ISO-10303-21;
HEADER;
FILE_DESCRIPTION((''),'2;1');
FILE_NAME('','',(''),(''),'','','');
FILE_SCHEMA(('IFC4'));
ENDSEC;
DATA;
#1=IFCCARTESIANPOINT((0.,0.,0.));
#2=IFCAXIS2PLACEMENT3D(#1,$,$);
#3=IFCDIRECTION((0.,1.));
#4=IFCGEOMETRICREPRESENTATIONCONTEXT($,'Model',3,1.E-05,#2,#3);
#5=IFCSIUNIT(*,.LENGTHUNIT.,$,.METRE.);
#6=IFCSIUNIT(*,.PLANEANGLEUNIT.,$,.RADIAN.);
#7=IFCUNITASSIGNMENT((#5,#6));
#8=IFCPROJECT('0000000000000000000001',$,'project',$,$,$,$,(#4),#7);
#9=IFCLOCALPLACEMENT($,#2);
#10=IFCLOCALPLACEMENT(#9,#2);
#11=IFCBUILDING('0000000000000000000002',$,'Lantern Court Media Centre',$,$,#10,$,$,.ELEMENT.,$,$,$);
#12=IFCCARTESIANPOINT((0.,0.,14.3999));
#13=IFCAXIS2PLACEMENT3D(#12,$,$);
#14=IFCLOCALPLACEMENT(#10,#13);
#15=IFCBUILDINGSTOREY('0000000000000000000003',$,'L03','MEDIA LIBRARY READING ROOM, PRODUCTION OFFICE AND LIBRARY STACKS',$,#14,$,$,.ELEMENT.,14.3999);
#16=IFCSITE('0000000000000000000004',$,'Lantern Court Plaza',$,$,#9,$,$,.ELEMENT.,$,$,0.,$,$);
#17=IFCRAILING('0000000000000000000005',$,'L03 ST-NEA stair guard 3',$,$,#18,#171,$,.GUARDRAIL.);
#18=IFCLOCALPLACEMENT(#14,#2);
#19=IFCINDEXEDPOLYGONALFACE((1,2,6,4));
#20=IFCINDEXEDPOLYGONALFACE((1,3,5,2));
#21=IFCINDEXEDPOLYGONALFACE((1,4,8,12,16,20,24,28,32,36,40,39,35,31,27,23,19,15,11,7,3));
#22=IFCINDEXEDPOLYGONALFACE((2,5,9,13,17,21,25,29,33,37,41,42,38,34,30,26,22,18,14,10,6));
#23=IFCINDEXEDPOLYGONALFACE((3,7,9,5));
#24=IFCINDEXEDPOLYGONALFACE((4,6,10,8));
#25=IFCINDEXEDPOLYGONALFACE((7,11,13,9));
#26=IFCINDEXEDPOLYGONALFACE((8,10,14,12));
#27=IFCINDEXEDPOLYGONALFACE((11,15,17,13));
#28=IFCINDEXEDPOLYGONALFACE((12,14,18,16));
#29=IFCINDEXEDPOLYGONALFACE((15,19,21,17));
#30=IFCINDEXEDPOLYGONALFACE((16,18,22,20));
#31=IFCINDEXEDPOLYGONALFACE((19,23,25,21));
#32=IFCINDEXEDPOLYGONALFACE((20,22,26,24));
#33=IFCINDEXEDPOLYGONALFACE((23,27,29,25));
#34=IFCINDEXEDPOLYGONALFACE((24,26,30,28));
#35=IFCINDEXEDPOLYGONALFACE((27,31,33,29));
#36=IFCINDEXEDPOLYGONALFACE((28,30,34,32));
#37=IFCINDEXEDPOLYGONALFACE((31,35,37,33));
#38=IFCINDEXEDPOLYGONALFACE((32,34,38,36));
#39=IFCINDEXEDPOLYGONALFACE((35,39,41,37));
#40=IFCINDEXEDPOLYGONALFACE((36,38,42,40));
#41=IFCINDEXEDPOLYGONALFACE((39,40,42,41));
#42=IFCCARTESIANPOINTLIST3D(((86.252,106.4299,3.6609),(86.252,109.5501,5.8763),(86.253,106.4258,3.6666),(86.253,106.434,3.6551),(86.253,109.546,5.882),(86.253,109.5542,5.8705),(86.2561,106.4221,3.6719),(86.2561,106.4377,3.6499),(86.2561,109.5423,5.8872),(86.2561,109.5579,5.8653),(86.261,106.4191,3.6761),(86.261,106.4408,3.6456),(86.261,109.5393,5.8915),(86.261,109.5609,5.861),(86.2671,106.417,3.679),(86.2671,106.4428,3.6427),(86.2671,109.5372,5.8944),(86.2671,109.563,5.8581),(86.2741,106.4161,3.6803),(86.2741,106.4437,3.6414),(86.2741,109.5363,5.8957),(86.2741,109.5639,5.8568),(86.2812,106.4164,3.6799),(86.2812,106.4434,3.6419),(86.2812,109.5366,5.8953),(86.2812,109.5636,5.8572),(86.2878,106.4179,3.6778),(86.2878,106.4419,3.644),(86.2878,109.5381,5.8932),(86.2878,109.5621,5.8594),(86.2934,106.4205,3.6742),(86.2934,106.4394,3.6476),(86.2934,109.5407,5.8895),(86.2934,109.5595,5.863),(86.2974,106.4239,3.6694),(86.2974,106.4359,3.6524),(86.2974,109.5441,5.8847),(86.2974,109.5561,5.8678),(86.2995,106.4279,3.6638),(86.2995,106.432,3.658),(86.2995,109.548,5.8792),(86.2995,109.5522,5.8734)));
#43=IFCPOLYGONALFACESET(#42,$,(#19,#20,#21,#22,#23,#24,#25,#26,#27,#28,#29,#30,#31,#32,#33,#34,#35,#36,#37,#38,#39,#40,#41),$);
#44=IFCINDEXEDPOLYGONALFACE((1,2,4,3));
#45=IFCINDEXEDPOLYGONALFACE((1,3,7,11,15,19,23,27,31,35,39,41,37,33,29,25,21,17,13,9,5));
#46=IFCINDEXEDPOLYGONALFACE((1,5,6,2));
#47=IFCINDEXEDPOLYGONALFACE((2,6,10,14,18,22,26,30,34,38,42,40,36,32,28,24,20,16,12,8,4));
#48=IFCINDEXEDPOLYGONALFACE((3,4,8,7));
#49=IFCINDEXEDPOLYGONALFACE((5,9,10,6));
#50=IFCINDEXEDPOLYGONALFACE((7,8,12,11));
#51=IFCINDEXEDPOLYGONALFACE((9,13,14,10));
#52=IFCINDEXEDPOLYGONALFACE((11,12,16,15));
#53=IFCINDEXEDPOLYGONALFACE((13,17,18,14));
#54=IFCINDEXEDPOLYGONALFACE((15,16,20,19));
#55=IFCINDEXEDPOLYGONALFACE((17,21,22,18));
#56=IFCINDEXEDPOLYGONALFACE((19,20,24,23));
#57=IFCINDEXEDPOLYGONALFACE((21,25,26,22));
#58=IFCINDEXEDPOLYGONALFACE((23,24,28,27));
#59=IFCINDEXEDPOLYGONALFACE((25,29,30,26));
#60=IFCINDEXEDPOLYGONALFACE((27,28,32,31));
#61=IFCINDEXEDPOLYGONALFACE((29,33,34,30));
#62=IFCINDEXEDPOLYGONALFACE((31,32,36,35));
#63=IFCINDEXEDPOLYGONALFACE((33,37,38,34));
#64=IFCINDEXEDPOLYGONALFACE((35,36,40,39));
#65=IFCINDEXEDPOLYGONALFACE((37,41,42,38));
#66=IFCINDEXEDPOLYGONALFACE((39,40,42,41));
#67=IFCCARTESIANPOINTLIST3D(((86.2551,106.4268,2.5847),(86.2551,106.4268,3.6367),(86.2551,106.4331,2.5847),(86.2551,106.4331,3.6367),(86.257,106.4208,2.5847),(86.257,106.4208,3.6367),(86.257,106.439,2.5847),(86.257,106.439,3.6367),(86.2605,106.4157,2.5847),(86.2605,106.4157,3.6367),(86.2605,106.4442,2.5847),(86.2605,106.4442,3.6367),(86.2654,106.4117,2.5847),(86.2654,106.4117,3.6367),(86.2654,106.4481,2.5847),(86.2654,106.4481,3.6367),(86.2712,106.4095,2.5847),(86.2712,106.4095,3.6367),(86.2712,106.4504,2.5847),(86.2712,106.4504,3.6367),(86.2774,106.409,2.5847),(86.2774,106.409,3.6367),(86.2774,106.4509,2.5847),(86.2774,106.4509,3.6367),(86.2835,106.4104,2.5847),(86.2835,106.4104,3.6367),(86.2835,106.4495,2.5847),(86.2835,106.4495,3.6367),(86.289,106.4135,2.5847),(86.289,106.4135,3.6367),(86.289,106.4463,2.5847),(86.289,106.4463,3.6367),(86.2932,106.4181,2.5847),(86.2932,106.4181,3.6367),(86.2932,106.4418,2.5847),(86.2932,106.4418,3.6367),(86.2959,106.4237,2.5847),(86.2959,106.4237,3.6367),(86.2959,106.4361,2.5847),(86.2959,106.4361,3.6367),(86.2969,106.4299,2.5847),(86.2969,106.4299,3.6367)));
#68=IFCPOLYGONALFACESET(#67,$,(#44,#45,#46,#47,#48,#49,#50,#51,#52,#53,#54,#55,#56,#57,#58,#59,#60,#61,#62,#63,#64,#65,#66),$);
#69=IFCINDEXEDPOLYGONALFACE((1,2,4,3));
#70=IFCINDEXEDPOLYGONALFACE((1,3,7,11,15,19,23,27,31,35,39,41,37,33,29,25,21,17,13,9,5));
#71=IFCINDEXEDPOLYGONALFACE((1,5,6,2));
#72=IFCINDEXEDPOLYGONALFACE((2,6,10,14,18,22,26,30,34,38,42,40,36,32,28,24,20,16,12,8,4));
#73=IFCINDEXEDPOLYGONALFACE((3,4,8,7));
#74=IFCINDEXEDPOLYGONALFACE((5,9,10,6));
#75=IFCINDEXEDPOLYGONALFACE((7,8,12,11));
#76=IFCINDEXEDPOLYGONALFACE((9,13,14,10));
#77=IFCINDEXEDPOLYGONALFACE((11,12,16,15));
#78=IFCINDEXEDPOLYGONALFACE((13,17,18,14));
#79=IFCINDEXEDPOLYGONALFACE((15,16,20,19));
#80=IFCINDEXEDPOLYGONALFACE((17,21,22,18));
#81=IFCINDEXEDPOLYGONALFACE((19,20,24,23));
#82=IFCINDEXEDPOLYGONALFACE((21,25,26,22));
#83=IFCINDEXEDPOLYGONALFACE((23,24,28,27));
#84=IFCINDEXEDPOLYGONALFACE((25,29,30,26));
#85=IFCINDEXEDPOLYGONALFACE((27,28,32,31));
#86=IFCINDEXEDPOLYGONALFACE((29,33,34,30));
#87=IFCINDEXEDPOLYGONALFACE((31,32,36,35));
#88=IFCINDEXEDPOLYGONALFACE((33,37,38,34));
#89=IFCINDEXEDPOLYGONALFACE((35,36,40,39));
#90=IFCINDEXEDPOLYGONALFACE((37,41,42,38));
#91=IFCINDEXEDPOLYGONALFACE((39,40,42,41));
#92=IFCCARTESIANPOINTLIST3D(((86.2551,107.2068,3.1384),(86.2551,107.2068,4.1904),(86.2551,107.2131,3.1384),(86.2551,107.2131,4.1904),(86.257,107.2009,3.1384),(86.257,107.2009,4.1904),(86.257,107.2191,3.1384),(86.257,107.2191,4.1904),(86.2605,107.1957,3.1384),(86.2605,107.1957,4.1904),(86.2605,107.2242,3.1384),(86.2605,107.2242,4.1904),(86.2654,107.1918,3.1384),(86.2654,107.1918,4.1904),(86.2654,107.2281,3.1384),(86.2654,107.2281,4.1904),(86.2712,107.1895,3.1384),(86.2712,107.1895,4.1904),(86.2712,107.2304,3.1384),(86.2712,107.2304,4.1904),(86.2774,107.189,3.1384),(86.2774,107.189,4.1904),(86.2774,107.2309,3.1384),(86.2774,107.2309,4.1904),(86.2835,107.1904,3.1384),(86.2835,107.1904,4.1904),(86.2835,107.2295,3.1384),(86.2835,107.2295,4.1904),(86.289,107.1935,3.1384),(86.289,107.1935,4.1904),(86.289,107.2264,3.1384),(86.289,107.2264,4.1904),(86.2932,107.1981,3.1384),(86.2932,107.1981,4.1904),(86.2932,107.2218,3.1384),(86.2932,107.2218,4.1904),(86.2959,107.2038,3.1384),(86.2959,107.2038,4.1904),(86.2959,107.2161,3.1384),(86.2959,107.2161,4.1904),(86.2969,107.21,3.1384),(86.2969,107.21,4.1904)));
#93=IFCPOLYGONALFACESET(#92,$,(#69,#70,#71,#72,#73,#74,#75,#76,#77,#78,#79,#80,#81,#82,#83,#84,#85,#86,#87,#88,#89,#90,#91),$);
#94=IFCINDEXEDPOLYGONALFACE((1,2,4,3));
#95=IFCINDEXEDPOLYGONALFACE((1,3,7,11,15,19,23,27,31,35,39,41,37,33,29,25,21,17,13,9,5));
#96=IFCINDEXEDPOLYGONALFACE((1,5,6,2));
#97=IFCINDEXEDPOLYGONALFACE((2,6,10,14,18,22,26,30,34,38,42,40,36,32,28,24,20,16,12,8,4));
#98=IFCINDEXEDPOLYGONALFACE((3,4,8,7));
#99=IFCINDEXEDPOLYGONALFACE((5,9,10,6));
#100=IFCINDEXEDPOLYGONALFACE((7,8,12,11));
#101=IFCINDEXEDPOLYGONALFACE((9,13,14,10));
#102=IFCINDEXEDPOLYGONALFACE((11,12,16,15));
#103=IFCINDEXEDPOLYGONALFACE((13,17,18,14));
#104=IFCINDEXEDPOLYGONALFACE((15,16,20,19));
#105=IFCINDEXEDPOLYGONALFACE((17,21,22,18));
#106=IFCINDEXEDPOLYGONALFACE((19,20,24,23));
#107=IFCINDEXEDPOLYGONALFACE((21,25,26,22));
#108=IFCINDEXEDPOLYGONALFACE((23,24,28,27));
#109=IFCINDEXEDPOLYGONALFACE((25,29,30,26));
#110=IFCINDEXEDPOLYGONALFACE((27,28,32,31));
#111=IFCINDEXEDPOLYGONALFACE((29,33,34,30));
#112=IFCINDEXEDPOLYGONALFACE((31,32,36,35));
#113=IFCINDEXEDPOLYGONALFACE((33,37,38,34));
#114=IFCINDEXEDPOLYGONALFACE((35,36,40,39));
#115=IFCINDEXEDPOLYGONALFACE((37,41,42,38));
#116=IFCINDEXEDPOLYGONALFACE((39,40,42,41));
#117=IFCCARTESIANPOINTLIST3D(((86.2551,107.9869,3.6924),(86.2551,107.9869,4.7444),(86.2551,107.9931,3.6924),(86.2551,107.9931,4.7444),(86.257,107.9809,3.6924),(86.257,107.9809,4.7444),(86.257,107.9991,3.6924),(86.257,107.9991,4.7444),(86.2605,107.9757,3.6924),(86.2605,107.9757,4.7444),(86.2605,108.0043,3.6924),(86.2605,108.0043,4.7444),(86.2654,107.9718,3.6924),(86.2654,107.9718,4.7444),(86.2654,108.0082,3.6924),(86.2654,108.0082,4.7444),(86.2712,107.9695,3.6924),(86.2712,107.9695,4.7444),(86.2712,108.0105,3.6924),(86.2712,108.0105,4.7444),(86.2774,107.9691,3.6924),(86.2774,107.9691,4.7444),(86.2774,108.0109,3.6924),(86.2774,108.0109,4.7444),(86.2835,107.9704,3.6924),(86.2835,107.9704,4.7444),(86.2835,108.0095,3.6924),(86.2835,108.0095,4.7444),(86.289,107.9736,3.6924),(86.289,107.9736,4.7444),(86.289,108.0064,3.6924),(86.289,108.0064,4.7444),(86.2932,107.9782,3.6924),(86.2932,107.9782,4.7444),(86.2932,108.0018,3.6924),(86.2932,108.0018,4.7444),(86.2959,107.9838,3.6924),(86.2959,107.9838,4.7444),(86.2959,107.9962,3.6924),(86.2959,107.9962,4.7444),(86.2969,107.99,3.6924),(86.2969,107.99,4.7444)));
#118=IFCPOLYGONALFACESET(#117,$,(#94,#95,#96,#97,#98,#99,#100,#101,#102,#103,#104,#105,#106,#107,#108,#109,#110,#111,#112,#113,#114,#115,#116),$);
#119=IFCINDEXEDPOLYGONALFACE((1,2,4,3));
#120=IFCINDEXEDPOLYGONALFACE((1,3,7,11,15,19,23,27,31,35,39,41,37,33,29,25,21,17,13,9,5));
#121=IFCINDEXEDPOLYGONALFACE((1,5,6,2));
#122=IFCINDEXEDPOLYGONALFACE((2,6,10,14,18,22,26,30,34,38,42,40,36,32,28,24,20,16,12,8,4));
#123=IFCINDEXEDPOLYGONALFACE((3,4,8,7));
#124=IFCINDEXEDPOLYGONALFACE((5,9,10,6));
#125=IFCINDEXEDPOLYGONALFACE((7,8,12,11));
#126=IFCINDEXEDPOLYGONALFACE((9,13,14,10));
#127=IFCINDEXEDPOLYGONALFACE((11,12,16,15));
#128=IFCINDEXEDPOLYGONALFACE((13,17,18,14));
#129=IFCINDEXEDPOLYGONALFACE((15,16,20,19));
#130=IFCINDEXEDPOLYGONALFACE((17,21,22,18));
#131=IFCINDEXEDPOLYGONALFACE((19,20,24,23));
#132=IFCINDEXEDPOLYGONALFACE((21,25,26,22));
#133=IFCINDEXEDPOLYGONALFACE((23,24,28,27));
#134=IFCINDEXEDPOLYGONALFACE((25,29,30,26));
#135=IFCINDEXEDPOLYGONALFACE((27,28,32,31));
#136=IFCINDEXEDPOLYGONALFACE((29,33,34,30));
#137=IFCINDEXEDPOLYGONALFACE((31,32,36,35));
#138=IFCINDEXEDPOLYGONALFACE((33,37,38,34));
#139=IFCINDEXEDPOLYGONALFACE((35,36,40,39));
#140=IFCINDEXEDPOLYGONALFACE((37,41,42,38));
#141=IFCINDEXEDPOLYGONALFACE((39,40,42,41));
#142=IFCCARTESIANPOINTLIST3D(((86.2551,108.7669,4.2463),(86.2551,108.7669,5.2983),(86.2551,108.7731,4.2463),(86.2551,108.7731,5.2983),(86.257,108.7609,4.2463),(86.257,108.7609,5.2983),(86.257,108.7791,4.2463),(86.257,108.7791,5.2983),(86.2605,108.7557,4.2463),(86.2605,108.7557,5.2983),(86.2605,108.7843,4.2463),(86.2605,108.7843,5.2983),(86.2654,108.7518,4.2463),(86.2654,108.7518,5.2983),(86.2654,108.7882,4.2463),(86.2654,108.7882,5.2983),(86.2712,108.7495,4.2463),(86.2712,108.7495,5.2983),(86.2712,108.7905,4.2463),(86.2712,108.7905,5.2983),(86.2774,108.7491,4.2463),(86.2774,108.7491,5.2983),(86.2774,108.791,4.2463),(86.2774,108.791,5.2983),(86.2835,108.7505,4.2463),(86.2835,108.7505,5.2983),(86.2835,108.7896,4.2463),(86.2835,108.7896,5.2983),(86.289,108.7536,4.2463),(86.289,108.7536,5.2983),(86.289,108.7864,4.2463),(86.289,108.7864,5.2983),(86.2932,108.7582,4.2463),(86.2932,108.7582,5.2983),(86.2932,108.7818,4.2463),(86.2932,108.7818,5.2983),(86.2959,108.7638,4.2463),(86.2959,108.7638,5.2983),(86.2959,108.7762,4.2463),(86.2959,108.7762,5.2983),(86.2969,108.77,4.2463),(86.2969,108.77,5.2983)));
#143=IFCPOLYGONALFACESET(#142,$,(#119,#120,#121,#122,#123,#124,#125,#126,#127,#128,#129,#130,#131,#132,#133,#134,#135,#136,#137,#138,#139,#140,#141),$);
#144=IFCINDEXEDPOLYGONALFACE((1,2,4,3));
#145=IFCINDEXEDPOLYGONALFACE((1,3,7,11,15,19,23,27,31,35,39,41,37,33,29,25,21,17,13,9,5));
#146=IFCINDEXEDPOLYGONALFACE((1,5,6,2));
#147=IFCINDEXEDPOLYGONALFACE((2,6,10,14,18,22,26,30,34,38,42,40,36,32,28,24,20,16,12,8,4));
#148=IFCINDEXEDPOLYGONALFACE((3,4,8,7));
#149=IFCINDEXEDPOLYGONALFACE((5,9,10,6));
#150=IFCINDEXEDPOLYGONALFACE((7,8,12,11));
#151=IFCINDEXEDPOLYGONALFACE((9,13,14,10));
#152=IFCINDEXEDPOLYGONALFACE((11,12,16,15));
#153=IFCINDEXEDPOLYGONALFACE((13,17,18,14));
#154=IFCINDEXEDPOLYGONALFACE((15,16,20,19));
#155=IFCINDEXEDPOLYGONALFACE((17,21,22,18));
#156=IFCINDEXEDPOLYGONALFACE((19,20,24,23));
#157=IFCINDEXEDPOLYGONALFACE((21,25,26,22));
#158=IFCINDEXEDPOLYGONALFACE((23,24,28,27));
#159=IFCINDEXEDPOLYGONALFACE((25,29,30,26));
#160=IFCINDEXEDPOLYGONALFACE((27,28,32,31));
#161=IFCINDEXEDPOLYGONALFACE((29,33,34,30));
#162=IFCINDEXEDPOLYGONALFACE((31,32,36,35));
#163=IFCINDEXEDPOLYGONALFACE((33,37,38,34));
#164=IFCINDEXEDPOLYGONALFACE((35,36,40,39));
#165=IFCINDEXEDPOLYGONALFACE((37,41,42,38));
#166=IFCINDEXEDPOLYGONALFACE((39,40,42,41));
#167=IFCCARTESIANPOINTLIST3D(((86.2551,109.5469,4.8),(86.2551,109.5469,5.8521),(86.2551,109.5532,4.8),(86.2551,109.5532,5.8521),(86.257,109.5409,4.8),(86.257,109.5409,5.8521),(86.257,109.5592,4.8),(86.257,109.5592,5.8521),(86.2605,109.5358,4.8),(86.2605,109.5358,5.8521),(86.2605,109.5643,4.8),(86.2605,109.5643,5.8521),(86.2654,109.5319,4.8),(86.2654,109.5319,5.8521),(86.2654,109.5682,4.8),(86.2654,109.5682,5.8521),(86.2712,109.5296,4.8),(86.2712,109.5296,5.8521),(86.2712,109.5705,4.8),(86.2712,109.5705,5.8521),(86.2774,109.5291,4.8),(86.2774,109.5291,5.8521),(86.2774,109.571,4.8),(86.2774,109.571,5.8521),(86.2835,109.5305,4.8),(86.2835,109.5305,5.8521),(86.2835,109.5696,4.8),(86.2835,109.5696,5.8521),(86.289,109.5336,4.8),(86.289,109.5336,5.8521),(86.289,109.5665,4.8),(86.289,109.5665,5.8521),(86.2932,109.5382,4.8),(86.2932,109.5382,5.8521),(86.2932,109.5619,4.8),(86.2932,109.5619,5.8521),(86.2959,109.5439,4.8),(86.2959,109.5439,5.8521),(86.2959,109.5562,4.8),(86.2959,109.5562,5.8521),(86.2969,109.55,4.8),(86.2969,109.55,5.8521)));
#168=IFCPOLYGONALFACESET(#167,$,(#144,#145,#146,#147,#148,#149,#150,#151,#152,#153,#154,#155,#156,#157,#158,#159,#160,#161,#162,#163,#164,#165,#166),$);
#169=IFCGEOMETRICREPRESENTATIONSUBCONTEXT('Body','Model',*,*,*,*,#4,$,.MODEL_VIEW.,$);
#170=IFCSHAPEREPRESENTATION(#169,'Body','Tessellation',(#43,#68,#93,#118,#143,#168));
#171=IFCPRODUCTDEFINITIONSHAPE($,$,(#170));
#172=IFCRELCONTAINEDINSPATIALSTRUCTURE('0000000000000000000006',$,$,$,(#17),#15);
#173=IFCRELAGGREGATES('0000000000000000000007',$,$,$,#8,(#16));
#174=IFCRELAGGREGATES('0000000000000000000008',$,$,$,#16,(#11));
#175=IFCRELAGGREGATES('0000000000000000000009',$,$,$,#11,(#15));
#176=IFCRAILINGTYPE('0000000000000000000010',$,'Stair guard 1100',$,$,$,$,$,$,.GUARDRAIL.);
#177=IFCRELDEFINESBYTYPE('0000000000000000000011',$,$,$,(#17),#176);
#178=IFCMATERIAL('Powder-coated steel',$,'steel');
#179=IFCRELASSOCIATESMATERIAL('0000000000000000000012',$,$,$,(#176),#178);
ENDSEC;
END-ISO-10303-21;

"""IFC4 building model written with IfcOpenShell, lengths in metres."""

from ifc_helpers import new_model, si_unit, direction, frame, origin, origin_2d, place, context, subcontext, project, spatial, circle, extrude, material, type_object, element, save


model = new_model("IFC4")

# Units and contexts
model_context = context("Model", 3, precision=1e-05, world=origin(), true_north=direction((0.0, 1.0)))
body_context = subcontext(model_context, "Body", "Model", "MODEL_VIEW")
ifc_project = project(units=[si_unit("LENGTHUNIT", "METRE"), si_unit("PLANEANGLEUNIT", "RADIAN")], contexts=[model_context])

# Site, building, storey
site_placement = place(None, origin())
site = spatial("IfcSite", under=ifc_project, at=site_placement, Name="Lantern Court Plaza", CompositionType="ELEMENT", RefElevation=0.0)
building_placement = place(site_placement, origin())
building = spatial("IfcBuilding", under=site, at=building_placement, Name="Lantern Court Media Centre", CompositionType="ELEMENT")
storey_placement = place(building_placement, frame((0.0, 0.0, 14.3999)))
storey = spatial("IfcBuildingStorey", under=building, at=storey_placement, Name="L03", Description="MEDIA LIBRARY READING ROOM, PRODUCTION OFFICE AND LIBRARY STACKS", CompositionType="ELEMENT", Elevation=14.3999)

# Shared definitions
ifc_material_1 = material(Name="Powder-coated steel", Category="steel")

# Railing
railing_type_1 = type_object("IfcRailingType", Name="Stair guard 1100", PredefinedType="GUARDRAIL", material=ifc_material_1)
railing_1_placement = place(storey_placement, frame((86.2759, 106.4299, 2.5847)))
element("IfcRailing", 1, at=railing_1_placement, inside=storey, type_object=railing_type_1, Name="L03 ST-NEA stair guard 3", PredefinedType="GUARDRAIL", context=body_context, shape_type="SweptSolid", body=[
    extrude(circle(Radius=0.0239, at=origin_2d()), frame((0.0, 0.0, 1.0762), z_axis=(0.0, 0.815377, 0.57893), x_axis=(-1.0, 0.0, 0.0)), (0.0, 0.0, 1.0), 3.8267),
    extrude(circle(Radius=0.021, at=origin_2d()), origin(), (0.0, 0.0, 1.0), 1.052),
    extrude(circle(Radius=0.021, at=origin_2d()), frame((0.0, 0.78, 0.5537)), (0.0, 0.0, 1.0), 1.052),
    extrude(circle(Radius=0.021, at=origin_2d()), frame((0.0, 1.5601, 1.1077)), (0.0, 0.0, 1.0), 1.052),
    extrude(circle(Radius=0.021, at=origin_2d()), frame((0.0, 2.3401, 1.6616)), (0.0, 0.0, 1.0), 1.052),
    extrude(circle(Radius=0.021, at=origin_2d()), frame((0.0, 3.1201, 2.2153)), (0.0, 0.0, 1.0), 1.052),
])

save(model, "model.ifc")
